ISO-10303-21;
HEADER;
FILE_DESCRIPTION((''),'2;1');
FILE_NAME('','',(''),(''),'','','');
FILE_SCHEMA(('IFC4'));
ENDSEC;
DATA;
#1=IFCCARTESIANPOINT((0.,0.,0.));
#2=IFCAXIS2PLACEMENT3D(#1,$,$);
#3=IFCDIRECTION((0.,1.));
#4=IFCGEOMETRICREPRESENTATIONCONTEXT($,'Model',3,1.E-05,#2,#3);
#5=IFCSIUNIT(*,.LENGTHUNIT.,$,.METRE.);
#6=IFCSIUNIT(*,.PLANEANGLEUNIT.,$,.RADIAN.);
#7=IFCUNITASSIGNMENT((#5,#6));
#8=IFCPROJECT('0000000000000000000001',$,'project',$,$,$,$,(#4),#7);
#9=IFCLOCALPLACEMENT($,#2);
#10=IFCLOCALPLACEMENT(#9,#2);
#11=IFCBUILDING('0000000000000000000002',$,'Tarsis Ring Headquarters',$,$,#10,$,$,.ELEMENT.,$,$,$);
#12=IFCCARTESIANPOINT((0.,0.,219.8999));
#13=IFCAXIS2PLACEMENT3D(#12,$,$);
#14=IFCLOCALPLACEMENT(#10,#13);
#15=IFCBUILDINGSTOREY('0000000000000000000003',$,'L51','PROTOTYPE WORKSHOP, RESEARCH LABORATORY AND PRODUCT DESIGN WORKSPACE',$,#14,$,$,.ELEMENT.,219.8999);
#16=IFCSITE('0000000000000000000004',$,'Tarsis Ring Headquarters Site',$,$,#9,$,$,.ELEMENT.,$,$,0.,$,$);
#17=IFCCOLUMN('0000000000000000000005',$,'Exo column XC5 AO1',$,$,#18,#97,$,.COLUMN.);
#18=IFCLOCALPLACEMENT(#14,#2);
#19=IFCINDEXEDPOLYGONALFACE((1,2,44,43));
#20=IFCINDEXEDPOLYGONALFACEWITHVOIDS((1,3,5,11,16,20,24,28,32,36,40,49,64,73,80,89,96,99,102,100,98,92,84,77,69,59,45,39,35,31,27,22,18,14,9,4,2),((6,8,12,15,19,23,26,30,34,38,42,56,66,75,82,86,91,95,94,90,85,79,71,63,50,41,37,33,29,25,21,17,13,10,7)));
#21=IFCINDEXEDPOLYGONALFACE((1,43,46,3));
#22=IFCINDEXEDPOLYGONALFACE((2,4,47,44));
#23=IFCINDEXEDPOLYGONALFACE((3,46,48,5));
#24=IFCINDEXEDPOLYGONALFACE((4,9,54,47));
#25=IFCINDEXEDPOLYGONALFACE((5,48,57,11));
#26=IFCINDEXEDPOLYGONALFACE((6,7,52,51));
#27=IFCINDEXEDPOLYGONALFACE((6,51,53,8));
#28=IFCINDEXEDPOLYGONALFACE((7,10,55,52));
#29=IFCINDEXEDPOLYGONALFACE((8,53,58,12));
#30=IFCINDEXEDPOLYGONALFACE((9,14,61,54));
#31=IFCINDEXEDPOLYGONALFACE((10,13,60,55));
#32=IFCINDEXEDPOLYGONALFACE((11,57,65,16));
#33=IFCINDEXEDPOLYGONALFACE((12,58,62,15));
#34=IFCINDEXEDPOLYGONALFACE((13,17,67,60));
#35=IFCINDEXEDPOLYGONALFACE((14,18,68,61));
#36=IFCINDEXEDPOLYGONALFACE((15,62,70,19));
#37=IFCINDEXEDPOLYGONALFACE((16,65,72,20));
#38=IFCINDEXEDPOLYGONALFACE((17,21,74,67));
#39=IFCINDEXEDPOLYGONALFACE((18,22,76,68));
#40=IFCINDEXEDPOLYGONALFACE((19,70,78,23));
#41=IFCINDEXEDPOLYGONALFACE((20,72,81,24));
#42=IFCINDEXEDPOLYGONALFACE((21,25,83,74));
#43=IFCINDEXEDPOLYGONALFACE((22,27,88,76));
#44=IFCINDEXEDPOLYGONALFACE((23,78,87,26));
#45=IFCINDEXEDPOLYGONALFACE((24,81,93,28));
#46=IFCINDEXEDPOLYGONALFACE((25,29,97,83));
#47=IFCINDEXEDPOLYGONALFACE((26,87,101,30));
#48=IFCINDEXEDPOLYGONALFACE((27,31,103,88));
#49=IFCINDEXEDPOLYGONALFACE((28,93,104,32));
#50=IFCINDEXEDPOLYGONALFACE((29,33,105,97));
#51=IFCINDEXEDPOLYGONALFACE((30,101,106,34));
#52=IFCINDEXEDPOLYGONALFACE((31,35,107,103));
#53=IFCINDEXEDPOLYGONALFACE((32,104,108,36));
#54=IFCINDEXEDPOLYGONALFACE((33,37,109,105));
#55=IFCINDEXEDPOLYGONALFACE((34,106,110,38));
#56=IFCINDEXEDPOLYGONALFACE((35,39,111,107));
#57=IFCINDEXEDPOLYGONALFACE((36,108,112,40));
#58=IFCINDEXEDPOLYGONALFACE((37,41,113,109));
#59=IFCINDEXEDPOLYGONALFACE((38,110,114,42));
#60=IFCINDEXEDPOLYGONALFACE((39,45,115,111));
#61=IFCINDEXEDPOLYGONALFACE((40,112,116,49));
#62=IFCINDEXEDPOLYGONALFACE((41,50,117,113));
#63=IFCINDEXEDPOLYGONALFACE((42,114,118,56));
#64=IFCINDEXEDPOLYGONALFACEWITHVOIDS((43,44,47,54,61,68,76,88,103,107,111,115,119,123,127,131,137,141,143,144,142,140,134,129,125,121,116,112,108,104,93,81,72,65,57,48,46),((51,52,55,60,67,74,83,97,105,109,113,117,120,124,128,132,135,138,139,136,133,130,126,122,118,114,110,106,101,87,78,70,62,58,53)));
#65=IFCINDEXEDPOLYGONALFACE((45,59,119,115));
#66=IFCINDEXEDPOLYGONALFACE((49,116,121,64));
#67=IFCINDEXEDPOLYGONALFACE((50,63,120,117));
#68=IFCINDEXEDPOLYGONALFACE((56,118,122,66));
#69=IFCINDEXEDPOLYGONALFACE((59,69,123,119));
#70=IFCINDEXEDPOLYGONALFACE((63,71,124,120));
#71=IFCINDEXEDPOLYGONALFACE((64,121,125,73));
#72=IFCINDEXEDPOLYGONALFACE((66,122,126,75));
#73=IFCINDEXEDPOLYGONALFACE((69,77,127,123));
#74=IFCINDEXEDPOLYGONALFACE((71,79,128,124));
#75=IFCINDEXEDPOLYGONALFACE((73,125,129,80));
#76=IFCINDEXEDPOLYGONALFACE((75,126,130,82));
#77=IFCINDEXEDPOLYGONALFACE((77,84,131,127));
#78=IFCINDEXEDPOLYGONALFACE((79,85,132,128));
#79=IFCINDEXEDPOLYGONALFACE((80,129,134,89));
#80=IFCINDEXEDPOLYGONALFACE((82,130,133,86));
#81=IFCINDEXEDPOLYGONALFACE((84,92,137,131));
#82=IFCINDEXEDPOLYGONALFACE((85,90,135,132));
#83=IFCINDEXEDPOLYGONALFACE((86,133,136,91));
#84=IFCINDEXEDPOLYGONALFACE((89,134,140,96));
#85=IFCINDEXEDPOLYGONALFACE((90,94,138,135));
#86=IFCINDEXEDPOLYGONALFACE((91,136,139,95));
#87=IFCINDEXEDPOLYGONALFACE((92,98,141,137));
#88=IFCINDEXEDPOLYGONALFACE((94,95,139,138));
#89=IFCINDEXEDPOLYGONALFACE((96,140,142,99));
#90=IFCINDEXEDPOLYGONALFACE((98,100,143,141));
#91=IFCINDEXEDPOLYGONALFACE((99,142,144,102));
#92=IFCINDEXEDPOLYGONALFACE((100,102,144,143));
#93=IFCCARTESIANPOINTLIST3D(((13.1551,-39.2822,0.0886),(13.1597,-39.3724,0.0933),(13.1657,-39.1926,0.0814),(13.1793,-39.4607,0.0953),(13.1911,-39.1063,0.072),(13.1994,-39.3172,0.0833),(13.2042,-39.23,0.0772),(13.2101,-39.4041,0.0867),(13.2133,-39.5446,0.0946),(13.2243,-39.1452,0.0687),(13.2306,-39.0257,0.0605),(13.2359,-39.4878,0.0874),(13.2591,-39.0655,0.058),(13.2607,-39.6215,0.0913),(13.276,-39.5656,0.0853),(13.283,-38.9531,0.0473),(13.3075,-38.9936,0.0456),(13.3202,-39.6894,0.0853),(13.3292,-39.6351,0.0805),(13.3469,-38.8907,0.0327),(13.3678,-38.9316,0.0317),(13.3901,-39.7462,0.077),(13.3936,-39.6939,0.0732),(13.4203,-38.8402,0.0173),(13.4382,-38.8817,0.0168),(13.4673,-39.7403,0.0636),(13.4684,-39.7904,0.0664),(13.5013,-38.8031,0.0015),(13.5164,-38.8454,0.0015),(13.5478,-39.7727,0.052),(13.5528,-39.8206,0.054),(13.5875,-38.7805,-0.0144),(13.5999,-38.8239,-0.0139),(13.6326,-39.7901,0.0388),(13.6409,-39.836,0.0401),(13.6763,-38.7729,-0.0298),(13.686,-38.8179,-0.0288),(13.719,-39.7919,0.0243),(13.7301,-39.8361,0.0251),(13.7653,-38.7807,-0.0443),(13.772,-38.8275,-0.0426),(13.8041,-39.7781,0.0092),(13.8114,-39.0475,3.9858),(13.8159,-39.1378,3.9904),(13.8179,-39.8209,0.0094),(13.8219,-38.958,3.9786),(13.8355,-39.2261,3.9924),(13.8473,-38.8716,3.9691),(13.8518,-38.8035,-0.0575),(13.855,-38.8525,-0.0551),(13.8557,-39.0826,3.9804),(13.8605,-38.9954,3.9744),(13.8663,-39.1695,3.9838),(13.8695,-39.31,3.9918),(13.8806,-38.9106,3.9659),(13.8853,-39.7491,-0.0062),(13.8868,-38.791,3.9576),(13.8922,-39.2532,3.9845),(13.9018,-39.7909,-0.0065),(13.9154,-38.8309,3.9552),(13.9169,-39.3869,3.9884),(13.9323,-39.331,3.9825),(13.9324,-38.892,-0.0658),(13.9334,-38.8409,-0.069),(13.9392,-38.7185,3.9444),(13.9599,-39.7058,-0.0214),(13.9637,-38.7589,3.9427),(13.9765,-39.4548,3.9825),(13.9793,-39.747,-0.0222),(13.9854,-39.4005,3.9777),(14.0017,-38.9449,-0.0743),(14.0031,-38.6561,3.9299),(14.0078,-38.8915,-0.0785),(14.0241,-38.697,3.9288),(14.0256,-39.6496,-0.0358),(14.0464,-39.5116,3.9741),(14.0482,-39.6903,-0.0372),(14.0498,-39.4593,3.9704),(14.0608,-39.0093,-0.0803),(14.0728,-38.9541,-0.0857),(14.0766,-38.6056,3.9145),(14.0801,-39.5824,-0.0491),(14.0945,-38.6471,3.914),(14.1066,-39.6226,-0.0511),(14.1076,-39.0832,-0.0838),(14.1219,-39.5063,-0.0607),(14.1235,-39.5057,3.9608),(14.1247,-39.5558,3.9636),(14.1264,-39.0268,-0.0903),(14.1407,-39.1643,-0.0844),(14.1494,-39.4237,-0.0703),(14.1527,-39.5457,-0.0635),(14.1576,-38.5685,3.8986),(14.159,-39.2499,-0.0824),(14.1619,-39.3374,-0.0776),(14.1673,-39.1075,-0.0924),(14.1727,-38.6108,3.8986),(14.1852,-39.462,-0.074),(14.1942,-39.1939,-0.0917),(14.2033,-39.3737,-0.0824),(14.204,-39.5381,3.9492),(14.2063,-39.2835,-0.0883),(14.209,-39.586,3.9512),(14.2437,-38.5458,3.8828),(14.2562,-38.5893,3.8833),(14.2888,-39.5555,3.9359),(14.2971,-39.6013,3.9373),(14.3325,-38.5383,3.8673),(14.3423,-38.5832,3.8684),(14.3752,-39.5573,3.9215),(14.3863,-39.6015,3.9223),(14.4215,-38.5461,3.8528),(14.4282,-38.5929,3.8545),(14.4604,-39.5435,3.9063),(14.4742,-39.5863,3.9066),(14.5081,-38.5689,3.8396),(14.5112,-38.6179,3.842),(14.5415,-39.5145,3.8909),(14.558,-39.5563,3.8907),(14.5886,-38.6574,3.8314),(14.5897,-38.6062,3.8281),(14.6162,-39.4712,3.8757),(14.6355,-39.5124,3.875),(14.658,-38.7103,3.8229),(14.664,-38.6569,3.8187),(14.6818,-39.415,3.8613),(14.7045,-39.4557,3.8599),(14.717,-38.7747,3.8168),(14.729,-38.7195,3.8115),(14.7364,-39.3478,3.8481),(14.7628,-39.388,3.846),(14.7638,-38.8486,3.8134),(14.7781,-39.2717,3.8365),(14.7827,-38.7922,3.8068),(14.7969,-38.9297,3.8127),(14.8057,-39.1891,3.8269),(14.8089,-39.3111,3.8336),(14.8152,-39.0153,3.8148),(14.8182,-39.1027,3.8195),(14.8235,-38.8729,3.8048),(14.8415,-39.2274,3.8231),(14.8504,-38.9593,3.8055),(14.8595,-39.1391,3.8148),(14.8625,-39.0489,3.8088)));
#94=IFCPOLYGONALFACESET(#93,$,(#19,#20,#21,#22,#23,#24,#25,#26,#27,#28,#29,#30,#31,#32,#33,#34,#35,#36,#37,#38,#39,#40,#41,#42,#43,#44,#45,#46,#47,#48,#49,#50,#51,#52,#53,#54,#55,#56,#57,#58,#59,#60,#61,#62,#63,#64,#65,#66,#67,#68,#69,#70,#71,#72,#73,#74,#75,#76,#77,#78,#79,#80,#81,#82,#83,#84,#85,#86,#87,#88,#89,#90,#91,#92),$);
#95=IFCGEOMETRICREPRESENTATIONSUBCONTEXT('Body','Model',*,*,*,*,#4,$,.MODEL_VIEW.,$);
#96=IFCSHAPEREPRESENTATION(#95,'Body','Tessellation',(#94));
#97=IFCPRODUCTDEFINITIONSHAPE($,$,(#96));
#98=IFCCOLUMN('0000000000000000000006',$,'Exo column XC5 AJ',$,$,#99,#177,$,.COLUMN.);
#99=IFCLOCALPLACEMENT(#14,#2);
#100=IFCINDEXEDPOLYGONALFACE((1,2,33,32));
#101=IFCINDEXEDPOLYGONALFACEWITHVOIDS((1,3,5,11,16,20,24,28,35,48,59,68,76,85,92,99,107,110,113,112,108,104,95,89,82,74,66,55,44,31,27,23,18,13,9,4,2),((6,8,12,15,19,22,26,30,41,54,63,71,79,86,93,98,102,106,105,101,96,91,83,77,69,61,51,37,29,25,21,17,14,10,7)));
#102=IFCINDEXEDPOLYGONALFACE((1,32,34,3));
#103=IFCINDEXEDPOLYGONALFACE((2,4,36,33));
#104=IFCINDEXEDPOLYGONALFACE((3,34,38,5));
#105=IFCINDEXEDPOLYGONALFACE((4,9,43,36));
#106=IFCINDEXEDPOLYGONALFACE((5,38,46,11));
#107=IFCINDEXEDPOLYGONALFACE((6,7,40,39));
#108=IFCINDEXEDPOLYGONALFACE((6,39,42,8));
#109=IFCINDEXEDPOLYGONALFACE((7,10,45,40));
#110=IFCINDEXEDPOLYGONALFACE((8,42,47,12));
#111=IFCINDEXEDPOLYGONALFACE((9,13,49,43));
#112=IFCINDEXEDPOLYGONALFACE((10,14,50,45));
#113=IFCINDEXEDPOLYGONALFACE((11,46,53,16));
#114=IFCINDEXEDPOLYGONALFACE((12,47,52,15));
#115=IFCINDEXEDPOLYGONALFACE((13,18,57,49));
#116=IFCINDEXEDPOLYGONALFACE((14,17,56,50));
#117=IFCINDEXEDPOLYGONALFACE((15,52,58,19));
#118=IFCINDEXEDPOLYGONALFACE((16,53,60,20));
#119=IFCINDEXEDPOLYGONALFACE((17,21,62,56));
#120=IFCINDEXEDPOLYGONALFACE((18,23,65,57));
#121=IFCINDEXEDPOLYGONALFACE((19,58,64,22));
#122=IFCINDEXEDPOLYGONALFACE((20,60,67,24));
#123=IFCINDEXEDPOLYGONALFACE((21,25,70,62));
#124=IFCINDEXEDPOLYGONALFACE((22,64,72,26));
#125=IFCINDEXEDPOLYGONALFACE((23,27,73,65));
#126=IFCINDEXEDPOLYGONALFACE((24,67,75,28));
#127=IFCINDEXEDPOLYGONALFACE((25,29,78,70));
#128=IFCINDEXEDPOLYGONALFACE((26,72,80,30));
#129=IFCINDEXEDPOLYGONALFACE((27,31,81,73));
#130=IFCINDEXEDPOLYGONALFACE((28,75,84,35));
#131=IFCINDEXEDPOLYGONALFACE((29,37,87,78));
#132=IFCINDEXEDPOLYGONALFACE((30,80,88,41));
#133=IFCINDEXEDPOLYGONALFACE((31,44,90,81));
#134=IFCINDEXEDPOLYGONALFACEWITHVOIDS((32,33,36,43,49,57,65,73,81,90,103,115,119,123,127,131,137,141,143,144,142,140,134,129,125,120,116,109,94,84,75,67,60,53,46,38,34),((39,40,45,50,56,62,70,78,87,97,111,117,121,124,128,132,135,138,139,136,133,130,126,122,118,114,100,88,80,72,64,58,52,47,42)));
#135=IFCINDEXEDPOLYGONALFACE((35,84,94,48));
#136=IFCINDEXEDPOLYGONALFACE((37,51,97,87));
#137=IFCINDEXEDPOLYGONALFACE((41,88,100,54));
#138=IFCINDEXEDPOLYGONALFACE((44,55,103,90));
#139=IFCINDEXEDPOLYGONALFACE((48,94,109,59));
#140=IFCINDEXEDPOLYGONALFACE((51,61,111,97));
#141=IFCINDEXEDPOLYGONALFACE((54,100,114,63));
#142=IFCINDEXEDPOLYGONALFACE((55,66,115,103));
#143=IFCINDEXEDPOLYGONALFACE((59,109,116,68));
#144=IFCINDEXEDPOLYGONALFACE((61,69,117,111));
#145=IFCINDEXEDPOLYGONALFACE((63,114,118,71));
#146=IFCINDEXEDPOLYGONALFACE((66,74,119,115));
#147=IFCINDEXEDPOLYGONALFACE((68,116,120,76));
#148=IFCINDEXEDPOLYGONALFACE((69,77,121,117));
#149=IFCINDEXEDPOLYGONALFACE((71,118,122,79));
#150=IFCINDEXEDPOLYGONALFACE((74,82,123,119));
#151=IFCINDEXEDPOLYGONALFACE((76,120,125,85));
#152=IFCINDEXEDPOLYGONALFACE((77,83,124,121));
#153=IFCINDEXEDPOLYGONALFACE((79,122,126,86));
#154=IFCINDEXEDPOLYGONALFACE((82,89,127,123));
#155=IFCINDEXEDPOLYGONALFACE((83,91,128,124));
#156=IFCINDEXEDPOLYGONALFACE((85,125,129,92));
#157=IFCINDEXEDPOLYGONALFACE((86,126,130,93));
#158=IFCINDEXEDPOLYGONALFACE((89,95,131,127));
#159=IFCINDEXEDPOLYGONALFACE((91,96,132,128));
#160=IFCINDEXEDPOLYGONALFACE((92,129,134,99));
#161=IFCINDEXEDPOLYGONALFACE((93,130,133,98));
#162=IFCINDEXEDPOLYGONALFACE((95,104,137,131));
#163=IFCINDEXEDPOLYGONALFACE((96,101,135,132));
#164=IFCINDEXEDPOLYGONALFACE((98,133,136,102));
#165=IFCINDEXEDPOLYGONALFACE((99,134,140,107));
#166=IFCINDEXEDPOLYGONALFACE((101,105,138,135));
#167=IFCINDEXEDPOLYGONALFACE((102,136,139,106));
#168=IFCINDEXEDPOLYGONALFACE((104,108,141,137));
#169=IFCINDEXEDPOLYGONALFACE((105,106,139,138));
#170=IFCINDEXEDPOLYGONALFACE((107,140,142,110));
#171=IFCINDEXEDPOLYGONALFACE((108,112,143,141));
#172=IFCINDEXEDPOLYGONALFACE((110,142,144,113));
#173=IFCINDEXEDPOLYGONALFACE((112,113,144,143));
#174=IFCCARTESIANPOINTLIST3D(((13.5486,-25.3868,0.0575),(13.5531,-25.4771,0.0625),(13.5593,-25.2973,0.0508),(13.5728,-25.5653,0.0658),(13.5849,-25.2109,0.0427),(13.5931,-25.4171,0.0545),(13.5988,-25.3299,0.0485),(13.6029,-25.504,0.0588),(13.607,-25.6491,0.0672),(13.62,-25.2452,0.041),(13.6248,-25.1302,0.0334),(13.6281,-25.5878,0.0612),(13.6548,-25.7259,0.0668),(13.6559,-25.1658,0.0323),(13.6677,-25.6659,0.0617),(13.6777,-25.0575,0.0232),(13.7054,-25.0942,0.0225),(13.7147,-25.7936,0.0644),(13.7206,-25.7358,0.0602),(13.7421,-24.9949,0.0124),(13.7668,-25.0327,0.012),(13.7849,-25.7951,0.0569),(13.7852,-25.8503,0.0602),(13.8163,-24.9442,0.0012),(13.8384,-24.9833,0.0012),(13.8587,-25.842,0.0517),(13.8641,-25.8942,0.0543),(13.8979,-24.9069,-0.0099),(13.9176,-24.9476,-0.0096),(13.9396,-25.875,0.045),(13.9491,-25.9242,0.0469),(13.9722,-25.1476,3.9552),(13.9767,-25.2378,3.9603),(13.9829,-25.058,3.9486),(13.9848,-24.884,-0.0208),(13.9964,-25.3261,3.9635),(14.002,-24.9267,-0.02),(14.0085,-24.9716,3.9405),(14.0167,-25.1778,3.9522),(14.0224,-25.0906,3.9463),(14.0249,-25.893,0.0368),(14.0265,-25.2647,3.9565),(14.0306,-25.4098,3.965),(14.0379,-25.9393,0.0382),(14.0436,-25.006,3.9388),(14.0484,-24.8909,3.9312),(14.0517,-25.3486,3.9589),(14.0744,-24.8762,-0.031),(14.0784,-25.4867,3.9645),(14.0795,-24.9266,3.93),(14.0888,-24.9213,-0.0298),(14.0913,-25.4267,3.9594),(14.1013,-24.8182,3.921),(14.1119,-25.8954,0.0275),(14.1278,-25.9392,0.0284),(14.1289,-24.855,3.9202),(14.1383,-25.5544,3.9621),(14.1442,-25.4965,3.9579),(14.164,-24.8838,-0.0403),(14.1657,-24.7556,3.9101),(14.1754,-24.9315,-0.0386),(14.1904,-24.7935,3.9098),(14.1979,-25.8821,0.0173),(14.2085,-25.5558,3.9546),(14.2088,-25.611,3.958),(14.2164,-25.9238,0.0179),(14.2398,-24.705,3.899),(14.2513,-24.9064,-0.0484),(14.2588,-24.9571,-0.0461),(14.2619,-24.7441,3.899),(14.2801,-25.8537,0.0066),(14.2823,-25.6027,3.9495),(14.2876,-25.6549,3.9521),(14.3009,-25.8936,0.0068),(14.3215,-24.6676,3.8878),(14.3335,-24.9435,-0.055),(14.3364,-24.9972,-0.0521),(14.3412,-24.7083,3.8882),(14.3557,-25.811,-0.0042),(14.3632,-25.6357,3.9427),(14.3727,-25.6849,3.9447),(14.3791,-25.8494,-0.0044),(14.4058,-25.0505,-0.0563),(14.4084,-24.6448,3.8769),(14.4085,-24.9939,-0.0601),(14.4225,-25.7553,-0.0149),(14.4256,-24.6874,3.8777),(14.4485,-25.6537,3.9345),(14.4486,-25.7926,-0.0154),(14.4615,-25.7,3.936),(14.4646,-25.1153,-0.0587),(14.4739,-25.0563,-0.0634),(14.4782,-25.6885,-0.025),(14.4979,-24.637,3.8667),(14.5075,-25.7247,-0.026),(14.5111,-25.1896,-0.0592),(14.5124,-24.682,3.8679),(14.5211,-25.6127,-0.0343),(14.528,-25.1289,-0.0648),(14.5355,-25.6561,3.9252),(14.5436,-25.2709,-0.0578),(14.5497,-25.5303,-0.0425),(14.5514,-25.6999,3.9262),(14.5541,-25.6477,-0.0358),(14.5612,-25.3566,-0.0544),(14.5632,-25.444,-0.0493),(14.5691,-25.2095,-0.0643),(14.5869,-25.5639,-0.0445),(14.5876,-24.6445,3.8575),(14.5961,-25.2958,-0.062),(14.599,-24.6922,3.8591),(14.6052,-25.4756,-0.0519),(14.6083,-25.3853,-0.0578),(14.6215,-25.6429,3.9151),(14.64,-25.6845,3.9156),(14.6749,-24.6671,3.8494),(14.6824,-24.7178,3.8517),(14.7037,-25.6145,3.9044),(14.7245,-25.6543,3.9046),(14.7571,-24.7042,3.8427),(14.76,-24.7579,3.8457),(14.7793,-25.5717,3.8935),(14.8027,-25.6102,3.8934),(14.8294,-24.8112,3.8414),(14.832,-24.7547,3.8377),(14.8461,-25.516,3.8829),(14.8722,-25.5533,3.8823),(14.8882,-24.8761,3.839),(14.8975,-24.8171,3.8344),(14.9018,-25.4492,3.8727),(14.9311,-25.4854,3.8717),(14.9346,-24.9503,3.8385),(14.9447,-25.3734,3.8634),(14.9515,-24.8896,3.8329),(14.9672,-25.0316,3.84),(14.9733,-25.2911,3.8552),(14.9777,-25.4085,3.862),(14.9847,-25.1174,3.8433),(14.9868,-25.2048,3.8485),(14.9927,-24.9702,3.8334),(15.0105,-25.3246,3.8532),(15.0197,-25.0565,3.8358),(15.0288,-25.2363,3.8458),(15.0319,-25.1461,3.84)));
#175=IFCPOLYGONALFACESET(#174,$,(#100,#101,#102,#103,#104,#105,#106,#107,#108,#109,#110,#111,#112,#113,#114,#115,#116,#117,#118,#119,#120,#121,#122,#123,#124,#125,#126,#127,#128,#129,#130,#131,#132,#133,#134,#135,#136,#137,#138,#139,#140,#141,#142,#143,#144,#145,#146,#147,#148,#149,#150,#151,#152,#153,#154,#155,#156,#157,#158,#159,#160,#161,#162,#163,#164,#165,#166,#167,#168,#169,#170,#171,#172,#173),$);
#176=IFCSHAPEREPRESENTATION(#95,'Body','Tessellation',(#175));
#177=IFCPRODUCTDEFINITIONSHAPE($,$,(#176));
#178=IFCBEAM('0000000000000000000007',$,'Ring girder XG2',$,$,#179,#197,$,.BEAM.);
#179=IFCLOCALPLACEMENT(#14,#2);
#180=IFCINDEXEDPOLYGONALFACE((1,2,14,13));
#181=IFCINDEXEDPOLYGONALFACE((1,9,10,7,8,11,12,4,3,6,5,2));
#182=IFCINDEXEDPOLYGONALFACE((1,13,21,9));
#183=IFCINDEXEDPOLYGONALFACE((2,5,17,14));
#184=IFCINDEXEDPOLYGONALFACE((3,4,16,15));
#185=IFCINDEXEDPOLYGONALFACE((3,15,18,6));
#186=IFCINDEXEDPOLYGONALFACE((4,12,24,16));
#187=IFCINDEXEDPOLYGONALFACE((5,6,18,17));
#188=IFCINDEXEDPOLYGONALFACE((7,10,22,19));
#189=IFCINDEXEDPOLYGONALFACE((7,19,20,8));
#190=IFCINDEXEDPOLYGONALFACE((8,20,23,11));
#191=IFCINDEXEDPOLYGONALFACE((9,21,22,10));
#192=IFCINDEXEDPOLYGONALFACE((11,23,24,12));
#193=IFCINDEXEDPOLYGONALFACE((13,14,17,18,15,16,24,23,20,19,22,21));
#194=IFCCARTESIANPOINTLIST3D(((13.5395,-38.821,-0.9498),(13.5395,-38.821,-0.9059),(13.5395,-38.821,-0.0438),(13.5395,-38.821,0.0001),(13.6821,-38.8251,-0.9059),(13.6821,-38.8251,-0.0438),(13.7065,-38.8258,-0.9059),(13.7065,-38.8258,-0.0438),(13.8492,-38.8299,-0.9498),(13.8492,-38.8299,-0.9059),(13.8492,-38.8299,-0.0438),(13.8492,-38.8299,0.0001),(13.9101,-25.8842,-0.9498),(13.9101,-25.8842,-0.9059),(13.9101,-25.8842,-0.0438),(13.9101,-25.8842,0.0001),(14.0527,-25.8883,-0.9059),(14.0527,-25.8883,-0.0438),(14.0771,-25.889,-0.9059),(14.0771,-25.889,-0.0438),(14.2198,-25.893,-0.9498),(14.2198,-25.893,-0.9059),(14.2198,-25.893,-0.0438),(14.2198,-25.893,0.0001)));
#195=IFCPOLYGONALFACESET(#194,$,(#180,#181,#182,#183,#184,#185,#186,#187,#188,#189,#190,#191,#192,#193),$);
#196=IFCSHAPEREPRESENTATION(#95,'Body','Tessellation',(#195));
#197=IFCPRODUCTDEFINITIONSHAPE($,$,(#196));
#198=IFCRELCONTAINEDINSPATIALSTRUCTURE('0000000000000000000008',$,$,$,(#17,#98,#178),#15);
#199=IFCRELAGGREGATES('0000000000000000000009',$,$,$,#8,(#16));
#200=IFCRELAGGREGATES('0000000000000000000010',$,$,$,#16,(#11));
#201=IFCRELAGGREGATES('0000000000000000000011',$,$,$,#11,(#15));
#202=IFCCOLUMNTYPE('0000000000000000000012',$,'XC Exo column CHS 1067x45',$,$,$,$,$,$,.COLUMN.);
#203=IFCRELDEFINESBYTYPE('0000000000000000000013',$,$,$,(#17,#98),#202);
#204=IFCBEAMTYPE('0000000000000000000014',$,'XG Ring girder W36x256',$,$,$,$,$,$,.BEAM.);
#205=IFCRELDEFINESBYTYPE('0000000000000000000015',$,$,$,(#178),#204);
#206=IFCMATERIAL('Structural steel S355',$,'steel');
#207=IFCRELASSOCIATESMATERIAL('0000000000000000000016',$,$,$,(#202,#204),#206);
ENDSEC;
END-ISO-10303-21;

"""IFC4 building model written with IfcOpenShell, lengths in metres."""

from ifc_helpers import new_model, si_unit, direction, frame, origin, origin_2d, place, context, subcontext, project, spatial, hollow_circle, i_section, extrude, material, material_profile, profile_set, type_object, element, save


model = new_model("IFC4")

# Units and contexts
model_context = context("Model", 3, precision=1e-05, world=origin(), true_north=direction((0.0, 1.0)))
body_context = subcontext(model_context, "Body", "Model", "MODEL_VIEW")
ifc_project = project(units=[si_unit("LENGTHUNIT", "METRE"), si_unit("PLANEANGLEUNIT", "RADIAN")], contexts=[model_context])

# Site, building, storey
site_placement = place(None, origin())
site = spatial("IfcSite", under=ifc_project, at=site_placement, Name="Tarsis Ring Headquarters Site", CompositionType="ELEMENT", RefElevation=0.0)
building_placement = place(site_placement, origin())
building = spatial("IfcBuilding", under=site, at=building_placement, Name="Tarsis Ring Headquarters", CompositionType="ELEMENT")
storey_placement = place(building_placement, frame((0.0, 0.0, 219.8999)))
storey = spatial("IfcBuildingStorey", under=building, at=storey_placement, Name="L51", Description="PROTOTYPE WORKSHOP, RESEARCH LABORATORY AND PRODUCT DESIGN WORKSPACE", CompositionType="ELEMENT", Elevation=219.8999)

# Columns
ifc_material_1 = material(Name="Structural steel S355", Category="steel")
ifc_material_profile_1 = material_profile(ifc_material_1, hollow_circle(Radius=0.5334, WallThickness=0.0449, at=origin_2d()), Name="CHS 1067x45")
ifc_profile_set_1 = profile_set([ifc_material_profile_1], Name="Structural steel S355")
column_type = type_object("IfcColumnType", Name="XC Exo column CHS 1067x45", PredefinedType="COLUMN", material=ifc_profile_set_1)
column_1_placement = place(storey_placement, frame((13.6809, -39.3054, 0.0015), z_axis=(0.16576, 0.059262, 0.984384), x_axis=(-0.336647, 0.941631, 0.0)))
element("IfcColumn", 1, at=column_1_placement, inside=storey, type_object=column_type, Name="Exo column XC5 AO1", PredefinedType="COLUMN", context=body_context, shape_type="SweptSolid", body=[
    extrude(hollow_circle(Radius=0.5334, WallThickness=0.0449, at=origin_2d()), origin(), (0.0, 0.0, 1.0), 3.959),
])
column_2_placement = place(storey_placement, frame((14.0786, -25.4087, 0.0012), z_axis=(0.107839, 0.060912, 0.992301), x_axis=(-0.491809, 0.870703, 0.0)))
element("IfcColumn", 2, at=column_2_placement, inside=storey, type_object=column_type, Name="Exo column XC5 AJ", PredefinedType="COLUMN", context=body_context, shape_type="SweptSolid", body=[
    extrude(hollow_circle(Radius=0.5334, WallThickness=0.0449, at=origin_2d()), origin(), (0.0, 0.0, 1.0), 3.928),
])

# Beam
ifc_material_profile_2 = material_profile(ifc_material_1, i_section(OverallWidth=0.3098, OverallDepth=0.95, WebThickness=0.0244, FlangeThickness=0.0439, at=origin_2d()), Name="W36x256")
ifc_profile_set_2 = profile_set([ifc_material_profile_2], Name="Structural steel S355")
beam_type = type_object("IfcBeamType", Name="XG Ring girder W36x256", PredefinedType="BEAM", material=ifc_profile_set_2)
beam_1_placement = place(storey_placement, frame((13.6943, -38.8254, -0.4749), z_axis=(0.028636, 0.99959, 0.0), x_axis=(-0.99959, 0.028636, 0.0)))
element("IfcBeam", 3, at=beam_1_placement, inside=storey, type_object=beam_type, Name="Ring girder XG2", PredefinedType="BEAM", context=body_context, shape_type="SweptSolid", body=[
    extrude(i_section(OverallWidth=0.3098, OverallDepth=0.95, WebThickness=0.0244, FlangeThickness=0.0439, at=origin_2d()), origin(), (0.0, 0.0, 1.0), 12.9421),
])

save(model, "model.ifc")
